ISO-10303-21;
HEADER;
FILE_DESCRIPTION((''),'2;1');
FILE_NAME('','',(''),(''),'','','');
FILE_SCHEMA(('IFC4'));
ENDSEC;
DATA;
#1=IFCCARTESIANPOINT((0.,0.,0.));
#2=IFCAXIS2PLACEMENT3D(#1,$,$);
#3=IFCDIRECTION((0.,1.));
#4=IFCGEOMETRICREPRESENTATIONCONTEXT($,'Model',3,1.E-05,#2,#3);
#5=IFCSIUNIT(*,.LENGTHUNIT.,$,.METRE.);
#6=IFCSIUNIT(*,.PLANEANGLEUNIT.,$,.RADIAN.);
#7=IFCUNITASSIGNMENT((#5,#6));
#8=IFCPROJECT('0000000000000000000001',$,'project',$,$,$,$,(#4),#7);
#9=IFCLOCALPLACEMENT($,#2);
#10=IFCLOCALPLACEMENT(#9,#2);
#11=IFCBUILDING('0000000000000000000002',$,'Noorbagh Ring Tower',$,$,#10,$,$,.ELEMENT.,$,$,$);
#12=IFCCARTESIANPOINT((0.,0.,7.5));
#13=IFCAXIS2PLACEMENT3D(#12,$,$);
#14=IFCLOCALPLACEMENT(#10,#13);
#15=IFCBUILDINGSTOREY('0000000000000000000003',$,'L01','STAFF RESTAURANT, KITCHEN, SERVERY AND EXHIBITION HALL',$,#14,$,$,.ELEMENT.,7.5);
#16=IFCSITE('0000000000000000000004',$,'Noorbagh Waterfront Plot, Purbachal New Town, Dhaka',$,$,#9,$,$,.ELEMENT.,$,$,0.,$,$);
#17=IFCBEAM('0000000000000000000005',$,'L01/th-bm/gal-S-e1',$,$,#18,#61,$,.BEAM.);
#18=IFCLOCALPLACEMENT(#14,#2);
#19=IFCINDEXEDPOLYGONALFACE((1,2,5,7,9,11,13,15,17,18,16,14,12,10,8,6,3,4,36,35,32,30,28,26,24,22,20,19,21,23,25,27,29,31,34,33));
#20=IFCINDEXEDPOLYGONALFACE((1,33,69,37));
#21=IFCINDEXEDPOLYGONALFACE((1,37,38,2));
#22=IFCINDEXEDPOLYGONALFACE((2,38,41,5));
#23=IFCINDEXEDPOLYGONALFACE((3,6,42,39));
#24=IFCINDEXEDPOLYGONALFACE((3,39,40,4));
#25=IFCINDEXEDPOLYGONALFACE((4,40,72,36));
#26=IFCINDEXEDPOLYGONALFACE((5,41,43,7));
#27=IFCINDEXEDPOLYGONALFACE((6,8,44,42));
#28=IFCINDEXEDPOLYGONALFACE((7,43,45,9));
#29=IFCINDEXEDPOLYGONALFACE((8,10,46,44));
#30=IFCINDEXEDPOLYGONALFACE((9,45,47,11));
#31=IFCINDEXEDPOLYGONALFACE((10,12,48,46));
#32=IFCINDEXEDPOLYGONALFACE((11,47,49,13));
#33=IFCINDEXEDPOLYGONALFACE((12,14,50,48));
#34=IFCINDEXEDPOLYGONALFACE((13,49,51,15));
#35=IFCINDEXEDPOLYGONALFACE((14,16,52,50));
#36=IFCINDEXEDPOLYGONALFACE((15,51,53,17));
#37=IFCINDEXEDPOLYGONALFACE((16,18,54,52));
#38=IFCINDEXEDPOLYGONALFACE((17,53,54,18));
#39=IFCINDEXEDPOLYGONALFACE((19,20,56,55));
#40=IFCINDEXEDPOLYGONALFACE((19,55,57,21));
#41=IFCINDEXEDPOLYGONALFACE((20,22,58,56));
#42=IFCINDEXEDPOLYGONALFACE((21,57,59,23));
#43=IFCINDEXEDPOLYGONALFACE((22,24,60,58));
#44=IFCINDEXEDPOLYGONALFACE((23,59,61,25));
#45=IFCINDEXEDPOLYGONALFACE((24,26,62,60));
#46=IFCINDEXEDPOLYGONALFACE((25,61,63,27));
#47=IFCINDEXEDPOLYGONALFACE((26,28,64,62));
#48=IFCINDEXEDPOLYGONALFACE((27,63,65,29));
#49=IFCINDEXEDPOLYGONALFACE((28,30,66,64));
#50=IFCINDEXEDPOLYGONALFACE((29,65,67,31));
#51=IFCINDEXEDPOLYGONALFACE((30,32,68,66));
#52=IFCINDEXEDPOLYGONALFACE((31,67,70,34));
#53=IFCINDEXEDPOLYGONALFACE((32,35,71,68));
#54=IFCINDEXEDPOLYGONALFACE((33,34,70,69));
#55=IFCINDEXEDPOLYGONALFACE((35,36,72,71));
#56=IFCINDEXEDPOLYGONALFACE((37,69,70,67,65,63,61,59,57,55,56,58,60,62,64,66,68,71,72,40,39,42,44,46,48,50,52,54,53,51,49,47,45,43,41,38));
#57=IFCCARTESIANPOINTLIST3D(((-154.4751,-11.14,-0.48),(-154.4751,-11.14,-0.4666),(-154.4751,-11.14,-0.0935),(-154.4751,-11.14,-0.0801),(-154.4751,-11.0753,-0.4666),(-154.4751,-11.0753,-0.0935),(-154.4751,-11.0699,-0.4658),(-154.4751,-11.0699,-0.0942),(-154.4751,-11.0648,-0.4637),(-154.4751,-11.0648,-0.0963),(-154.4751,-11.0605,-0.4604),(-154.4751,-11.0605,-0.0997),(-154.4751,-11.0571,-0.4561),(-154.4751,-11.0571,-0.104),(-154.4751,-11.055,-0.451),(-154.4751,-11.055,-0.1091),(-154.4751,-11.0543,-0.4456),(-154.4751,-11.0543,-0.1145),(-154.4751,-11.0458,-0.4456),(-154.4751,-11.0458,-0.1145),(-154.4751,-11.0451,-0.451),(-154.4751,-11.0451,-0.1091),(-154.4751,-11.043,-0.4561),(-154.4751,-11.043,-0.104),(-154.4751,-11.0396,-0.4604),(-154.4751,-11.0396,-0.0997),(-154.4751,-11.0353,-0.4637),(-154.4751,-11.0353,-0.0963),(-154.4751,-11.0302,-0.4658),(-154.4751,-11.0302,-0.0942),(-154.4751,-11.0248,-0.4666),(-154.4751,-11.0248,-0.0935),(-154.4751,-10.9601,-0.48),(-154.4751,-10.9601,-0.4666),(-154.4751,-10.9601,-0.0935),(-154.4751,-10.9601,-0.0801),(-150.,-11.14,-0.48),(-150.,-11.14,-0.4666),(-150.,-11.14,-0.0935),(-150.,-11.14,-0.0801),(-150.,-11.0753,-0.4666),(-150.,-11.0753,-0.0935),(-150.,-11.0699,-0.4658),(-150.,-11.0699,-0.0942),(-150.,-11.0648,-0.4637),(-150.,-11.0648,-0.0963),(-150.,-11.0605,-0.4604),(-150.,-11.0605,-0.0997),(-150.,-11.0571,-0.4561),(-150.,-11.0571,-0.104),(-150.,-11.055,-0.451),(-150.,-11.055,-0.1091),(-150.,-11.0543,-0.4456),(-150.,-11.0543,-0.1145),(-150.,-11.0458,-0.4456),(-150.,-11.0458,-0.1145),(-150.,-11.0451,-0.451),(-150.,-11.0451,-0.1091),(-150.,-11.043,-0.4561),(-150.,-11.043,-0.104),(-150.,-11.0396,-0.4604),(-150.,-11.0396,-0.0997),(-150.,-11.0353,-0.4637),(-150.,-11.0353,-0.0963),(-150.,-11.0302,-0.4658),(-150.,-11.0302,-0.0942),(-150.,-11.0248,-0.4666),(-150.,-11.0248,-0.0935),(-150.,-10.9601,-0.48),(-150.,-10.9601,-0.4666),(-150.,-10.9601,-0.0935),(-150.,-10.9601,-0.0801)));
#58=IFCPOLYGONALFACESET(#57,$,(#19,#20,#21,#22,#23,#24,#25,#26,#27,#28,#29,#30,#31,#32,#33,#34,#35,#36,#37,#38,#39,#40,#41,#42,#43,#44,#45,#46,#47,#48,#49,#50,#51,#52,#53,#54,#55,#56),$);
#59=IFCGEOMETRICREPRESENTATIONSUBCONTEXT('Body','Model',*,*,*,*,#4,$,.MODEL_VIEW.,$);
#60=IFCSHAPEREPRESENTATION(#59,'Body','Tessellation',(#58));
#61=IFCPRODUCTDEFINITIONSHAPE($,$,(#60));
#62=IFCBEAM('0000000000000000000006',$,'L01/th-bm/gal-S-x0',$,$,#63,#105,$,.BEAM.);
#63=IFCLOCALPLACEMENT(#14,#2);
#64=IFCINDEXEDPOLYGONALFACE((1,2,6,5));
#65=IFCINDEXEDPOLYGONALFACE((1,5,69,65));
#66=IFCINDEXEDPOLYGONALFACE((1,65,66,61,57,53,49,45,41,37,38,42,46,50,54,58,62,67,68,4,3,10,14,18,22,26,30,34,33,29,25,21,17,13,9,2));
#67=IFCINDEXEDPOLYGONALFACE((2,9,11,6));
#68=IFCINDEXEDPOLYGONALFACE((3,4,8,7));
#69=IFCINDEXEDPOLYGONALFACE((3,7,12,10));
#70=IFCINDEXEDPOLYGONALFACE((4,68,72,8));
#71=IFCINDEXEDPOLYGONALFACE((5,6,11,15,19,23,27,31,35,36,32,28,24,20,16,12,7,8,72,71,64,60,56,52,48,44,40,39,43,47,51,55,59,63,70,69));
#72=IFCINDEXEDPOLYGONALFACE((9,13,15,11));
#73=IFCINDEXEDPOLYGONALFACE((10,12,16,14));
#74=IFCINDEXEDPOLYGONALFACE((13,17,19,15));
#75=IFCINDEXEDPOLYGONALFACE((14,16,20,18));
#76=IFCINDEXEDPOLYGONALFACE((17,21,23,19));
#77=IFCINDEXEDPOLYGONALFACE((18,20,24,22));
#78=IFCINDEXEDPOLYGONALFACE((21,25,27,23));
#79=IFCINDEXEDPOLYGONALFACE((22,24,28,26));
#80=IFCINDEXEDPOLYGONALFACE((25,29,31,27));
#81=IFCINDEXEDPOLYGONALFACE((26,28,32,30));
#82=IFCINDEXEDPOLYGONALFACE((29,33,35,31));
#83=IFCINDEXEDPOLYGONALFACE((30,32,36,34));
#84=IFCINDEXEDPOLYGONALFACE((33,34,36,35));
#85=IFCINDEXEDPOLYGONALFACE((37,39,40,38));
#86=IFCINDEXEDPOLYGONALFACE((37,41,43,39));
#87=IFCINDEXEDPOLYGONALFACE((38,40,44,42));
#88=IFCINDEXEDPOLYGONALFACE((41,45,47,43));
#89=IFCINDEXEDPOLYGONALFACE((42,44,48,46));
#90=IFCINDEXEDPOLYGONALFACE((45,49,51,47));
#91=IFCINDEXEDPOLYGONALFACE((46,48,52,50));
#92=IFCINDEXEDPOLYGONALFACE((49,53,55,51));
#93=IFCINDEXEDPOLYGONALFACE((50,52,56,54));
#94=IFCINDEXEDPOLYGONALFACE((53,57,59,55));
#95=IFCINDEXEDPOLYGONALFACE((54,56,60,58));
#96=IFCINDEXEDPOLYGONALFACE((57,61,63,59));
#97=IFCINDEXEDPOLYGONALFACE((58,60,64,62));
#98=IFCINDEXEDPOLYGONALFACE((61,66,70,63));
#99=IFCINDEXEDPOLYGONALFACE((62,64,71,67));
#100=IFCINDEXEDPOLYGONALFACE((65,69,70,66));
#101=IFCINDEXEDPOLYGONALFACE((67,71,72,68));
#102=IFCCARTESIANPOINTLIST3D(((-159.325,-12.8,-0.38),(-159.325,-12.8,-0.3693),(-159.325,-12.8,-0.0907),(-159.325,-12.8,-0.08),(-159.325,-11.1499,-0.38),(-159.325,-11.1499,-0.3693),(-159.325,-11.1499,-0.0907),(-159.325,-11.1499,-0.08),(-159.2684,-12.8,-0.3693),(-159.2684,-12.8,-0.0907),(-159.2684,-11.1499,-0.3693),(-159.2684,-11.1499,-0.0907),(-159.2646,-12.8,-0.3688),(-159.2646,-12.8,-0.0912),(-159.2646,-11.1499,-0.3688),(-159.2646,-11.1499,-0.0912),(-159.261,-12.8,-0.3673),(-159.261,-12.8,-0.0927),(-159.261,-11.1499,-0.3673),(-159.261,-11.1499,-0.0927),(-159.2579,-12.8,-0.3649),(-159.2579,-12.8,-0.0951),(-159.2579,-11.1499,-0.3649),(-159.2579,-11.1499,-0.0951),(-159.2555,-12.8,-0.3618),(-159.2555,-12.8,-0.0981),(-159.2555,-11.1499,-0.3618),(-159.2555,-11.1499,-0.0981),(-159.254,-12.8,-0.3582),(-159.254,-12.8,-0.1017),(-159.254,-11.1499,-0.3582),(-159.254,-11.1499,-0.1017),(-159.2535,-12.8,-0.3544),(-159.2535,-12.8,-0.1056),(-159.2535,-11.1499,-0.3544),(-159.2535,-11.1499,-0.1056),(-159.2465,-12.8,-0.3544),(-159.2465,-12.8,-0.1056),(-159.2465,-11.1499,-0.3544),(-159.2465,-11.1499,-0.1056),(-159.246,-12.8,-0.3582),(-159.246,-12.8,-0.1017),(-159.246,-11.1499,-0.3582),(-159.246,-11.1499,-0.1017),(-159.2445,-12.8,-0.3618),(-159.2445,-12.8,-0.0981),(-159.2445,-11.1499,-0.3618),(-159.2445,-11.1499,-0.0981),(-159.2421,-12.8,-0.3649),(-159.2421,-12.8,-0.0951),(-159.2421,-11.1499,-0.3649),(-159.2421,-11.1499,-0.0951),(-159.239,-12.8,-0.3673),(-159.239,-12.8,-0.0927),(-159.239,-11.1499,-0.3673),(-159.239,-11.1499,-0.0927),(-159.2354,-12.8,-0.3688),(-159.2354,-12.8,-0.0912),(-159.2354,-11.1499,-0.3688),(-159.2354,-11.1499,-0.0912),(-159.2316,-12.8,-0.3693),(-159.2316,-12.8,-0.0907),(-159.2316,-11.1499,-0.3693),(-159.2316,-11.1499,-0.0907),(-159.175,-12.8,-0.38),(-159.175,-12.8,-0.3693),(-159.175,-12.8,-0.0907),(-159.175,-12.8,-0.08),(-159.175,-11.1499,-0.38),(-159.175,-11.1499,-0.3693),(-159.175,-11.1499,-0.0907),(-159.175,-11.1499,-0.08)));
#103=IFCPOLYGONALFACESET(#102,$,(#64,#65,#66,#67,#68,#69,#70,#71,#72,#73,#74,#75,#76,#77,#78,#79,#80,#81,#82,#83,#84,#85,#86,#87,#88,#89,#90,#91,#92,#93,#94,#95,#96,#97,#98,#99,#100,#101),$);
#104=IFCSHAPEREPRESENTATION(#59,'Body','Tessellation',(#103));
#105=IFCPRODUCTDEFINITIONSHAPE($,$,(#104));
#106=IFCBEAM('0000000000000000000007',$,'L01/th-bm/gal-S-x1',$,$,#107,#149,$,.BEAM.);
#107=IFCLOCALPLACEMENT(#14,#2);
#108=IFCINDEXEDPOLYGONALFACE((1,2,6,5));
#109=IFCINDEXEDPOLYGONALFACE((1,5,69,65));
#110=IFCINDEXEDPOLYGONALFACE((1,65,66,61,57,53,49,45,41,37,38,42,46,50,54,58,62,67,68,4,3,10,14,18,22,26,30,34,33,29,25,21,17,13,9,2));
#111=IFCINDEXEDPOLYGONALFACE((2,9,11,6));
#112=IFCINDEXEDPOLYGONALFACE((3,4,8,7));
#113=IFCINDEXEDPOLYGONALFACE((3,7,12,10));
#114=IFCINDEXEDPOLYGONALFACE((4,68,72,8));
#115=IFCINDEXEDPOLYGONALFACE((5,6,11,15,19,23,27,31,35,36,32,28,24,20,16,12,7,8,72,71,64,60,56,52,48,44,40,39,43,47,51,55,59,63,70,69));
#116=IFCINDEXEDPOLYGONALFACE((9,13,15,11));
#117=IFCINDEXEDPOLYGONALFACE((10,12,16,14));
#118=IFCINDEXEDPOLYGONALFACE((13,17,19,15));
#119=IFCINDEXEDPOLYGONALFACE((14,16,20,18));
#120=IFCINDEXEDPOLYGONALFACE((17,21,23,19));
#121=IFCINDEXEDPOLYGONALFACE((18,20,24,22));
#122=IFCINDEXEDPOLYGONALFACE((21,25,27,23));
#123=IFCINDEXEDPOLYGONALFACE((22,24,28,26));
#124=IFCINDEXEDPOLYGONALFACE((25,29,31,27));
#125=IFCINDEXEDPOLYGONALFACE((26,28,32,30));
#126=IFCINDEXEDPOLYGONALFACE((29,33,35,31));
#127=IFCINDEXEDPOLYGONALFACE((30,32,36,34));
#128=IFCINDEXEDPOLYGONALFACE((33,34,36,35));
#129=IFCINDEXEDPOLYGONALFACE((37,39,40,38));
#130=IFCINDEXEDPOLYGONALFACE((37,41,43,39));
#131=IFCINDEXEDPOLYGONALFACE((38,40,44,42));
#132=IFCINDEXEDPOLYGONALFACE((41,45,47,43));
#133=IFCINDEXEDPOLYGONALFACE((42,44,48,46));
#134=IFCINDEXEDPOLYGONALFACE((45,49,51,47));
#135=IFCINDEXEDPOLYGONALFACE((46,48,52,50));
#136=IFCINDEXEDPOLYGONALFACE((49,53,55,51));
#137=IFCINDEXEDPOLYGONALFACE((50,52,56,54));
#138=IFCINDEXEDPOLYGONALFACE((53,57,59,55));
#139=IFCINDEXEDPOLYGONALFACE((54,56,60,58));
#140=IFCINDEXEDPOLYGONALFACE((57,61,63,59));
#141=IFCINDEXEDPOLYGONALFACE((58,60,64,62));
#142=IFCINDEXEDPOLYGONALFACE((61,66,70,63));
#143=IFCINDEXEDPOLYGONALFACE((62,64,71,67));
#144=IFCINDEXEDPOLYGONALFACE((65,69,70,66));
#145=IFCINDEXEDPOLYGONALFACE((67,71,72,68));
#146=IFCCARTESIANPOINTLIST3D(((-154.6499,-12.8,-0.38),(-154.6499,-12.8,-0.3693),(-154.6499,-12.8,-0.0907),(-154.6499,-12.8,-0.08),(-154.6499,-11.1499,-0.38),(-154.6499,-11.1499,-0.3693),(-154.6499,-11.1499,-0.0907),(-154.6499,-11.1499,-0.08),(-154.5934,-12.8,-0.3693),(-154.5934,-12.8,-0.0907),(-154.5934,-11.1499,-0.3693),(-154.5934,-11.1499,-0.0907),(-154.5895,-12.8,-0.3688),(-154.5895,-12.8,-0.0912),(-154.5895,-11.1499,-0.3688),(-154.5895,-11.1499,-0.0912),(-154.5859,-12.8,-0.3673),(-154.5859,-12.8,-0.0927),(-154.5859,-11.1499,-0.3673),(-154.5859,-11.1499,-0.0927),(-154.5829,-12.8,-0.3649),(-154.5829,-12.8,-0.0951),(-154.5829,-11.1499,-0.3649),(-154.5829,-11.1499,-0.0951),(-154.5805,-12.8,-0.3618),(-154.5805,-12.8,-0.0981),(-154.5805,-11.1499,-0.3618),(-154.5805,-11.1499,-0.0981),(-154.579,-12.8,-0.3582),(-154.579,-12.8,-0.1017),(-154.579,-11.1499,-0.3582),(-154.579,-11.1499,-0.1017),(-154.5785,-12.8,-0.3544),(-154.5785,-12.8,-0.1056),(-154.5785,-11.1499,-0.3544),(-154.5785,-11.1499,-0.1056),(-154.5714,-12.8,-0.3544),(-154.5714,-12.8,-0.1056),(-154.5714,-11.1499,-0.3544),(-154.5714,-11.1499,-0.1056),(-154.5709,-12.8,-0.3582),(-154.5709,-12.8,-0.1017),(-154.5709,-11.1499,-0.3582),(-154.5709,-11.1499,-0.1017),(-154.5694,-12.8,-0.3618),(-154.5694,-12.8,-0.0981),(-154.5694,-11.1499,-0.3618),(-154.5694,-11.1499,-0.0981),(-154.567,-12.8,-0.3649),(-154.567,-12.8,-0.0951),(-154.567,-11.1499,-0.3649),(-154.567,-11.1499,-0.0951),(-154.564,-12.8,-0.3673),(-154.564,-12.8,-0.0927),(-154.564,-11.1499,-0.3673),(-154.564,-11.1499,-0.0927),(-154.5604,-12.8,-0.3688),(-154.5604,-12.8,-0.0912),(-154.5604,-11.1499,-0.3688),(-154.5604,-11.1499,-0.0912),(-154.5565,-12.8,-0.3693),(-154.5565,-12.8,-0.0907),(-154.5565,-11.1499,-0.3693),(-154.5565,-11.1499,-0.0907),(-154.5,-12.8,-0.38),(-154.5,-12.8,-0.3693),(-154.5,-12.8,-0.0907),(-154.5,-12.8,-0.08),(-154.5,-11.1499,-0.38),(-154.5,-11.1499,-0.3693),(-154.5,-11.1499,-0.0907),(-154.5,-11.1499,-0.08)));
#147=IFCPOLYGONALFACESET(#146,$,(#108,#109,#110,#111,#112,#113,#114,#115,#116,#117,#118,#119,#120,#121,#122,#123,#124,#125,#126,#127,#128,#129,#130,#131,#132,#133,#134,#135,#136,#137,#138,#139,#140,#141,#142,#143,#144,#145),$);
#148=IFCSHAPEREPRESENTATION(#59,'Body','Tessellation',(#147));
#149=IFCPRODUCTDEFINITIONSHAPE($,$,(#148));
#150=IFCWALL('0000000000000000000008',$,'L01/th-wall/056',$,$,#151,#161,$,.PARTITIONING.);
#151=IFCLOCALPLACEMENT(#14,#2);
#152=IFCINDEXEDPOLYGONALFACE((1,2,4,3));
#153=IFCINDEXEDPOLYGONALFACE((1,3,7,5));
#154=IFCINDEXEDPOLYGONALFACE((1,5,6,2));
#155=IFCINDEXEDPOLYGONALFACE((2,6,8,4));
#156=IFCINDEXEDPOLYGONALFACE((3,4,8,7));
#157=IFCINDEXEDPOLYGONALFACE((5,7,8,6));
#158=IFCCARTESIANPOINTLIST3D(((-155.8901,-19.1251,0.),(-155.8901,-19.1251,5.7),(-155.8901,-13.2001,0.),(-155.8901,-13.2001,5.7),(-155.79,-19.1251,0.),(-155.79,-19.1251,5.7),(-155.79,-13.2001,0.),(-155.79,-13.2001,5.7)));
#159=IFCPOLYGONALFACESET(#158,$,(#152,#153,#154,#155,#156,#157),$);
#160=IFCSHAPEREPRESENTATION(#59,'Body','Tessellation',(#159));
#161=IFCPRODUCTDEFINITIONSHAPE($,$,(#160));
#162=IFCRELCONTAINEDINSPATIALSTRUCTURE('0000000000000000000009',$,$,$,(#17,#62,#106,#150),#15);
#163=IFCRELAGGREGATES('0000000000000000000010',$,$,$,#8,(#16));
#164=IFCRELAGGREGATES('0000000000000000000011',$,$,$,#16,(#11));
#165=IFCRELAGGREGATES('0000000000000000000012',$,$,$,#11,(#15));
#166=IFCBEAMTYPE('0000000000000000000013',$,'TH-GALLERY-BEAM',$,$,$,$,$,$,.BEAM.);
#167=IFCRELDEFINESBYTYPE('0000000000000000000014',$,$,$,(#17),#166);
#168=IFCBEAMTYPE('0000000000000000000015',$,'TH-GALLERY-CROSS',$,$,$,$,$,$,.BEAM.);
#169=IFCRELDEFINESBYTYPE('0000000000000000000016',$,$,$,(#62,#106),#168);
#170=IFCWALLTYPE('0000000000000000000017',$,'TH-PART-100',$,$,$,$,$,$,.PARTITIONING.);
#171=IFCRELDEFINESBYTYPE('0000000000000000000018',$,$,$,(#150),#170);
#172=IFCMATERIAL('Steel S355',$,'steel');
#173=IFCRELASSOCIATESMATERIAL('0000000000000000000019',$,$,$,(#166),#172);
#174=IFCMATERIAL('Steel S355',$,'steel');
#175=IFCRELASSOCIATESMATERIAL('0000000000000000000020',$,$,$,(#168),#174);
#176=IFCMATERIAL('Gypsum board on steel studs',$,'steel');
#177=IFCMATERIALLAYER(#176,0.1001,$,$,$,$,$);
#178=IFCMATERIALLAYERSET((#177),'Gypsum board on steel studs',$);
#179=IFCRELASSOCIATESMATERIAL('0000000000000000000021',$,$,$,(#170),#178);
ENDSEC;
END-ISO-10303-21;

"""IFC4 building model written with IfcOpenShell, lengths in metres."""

from ifc_helpers import new_model, si_unit, direction, frame, frame_2d, origin, origin_2d, place, context, subcontext, project, spatial, rectangle, i_section, extrude, material, layer, layer_set, material_profile, profile_set, type_object, element, save


model = new_model("IFC4")

# Units and contexts
model_context = context("Model", 3, precision=1e-05, world=origin(), true_north=direction((0.0, 1.0)))
body_context = subcontext(model_context, "Body", "Model", "MODEL_VIEW")
ifc_project = project(units=[si_unit("LENGTHUNIT", "METRE"), si_unit("PLANEANGLEUNIT", "RADIAN")], contexts=[model_context])

# Site, building, storey
site_placement = place(None, origin())
site = spatial("IfcSite", under=ifc_project, at=site_placement, Name="Noorbagh Waterfront Plot, Purbachal New Town, Dhaka", CompositionType="ELEMENT", RefElevation=0.0)
building_placement = place(site_placement, origin())
building = spatial("IfcBuilding", under=site, at=building_placement, Name="Noorbagh Ring Tower", CompositionType="ELEMENT")
storey_placement = place(building_placement, frame((0.0, 0.0, 7.5)))
storey = spatial("IfcBuildingStorey", under=building, at=storey_placement, Name="L01", Description="STAFF RESTAURANT, KITCHEN, SERVERY AND EXHIBITION HALL", CompositionType="ELEMENT", Elevation=7.5)

# Beams
ifc_material_1 = material(Name="Steel S355", Category="steel")
ifc_material_profile_1 = material_profile(ifc_material_1, i_section(OverallWidth=0.1799, OverallDepth=0.3999, WebThickness=0.0085, FlangeThickness=0.0134, FilletRadius=0.021, at=origin_2d()), Name="IPE400")
ifc_profile_set_1 = profile_set([ifc_material_profile_1], Name="Steel S355")
beam_type_1 = type_object("IfcBeamType", Name="TH-GALLERY-BEAM", PredefinedType="BEAM", material=ifc_profile_set_1)
beam_1_placement = place(storey_placement, frame((-154.4751, -11.05, -0.28), z_axis=(1.0, 0.0, 0.0), x_axis=(0.0, 1.0, 0.0)))
element("IfcBeam", 1, at=beam_1_placement, inside=storey, type_object=beam_type_1, Name="L01/th-bm/gal-S-e1", PredefinedType="BEAM", context=body_context, shape_type="SweptSolid", body=[
    extrude(i_section(OverallWidth=0.1799, OverallDepth=0.3999, WebThickness=0.0085, FlangeThickness=0.0134, FilletRadius=0.021, at=origin_2d()), origin(), (0.0, 0.0, 1.0), 4.4751),
])
ifc_material_2 = material(Name="Steel S355", Category="steel")
ifc_material_profile_2 = material_profile(ifc_material_2, i_section(OverallWidth=0.1499, OverallDepth=0.3, WebThickness=0.0071, FlangeThickness=0.0107, FilletRadius=0.0149, at=origin_2d()), Name="IPE300")
ifc_profile_set_2 = profile_set([ifc_material_profile_2], Name="Steel S355")
beam_type_2 = type_object("IfcBeamType", Name="TH-GALLERY-CROSS", PredefinedType="BEAM", material=ifc_profile_set_2)
for number, where, z_axis, x_axis, name in (
    (2, (-159.25, -12.8, -0.23), (0.0, 1.0, 0.0), (-1.0, 0.0, 0.0), "L01/th-bm/gal-S-x0"),
    (3, (-154.575, -12.8, -0.23), (0.0, 1.0, 0.0), (-1.0, 0.0, 0.0), "L01/th-bm/gal-S-x1"),
):
    element("IfcBeam", number, at=place(storey_placement, frame(where, z_axis=z_axis, x_axis=x_axis)), inside=storey, type_object=beam_type_2, Name=name, PredefinedType="BEAM", context=body_context, shape_type="SweptSolid", body=[
        extrude(i_section(OverallWidth=0.1499, OverallDepth=0.3, WebThickness=0.0071, FlangeThickness=0.0107, FilletRadius=0.0149, at=origin_2d()), origin(), (0.0, 0.0, 1.0), 1.6501),
    ])

# Wall
ifc_material_3 = material(Name="Gypsum board on steel studs", Category="steel")
ifc_layer_1 = layer(ifc_material_3, 0.1001)
ifc_layer_set_1 = layer_set([ifc_layer_1], Name="Gypsum board on steel studs")
wall_type_1 = type_object("IfcWallType", Name="TH-PART-100", PredefinedType="PARTITIONING", material=ifc_layer_set_1)
wall_1_placement = place(storey_placement, frame((-155.8401, -19.125, 0.0), z_axis=(0.0, 0.0, 1.0), x_axis=(0.0, 1.0, 0.0)))
element("IfcWall", 4, at=wall_1_placement, inside=storey, type_object=wall_type_1, Name="L01/th-wall/056", PredefinedType="PARTITIONING", context=body_context, shape_type="SweptSolid", body=[
    extrude(rectangle(XDim=5.925, YDim=0.1001, at=frame_2d((2.9624, 0.0))), origin(), (0.0, 0.0, 1.0), 5.7),
])

save(model, "model.ifc")
